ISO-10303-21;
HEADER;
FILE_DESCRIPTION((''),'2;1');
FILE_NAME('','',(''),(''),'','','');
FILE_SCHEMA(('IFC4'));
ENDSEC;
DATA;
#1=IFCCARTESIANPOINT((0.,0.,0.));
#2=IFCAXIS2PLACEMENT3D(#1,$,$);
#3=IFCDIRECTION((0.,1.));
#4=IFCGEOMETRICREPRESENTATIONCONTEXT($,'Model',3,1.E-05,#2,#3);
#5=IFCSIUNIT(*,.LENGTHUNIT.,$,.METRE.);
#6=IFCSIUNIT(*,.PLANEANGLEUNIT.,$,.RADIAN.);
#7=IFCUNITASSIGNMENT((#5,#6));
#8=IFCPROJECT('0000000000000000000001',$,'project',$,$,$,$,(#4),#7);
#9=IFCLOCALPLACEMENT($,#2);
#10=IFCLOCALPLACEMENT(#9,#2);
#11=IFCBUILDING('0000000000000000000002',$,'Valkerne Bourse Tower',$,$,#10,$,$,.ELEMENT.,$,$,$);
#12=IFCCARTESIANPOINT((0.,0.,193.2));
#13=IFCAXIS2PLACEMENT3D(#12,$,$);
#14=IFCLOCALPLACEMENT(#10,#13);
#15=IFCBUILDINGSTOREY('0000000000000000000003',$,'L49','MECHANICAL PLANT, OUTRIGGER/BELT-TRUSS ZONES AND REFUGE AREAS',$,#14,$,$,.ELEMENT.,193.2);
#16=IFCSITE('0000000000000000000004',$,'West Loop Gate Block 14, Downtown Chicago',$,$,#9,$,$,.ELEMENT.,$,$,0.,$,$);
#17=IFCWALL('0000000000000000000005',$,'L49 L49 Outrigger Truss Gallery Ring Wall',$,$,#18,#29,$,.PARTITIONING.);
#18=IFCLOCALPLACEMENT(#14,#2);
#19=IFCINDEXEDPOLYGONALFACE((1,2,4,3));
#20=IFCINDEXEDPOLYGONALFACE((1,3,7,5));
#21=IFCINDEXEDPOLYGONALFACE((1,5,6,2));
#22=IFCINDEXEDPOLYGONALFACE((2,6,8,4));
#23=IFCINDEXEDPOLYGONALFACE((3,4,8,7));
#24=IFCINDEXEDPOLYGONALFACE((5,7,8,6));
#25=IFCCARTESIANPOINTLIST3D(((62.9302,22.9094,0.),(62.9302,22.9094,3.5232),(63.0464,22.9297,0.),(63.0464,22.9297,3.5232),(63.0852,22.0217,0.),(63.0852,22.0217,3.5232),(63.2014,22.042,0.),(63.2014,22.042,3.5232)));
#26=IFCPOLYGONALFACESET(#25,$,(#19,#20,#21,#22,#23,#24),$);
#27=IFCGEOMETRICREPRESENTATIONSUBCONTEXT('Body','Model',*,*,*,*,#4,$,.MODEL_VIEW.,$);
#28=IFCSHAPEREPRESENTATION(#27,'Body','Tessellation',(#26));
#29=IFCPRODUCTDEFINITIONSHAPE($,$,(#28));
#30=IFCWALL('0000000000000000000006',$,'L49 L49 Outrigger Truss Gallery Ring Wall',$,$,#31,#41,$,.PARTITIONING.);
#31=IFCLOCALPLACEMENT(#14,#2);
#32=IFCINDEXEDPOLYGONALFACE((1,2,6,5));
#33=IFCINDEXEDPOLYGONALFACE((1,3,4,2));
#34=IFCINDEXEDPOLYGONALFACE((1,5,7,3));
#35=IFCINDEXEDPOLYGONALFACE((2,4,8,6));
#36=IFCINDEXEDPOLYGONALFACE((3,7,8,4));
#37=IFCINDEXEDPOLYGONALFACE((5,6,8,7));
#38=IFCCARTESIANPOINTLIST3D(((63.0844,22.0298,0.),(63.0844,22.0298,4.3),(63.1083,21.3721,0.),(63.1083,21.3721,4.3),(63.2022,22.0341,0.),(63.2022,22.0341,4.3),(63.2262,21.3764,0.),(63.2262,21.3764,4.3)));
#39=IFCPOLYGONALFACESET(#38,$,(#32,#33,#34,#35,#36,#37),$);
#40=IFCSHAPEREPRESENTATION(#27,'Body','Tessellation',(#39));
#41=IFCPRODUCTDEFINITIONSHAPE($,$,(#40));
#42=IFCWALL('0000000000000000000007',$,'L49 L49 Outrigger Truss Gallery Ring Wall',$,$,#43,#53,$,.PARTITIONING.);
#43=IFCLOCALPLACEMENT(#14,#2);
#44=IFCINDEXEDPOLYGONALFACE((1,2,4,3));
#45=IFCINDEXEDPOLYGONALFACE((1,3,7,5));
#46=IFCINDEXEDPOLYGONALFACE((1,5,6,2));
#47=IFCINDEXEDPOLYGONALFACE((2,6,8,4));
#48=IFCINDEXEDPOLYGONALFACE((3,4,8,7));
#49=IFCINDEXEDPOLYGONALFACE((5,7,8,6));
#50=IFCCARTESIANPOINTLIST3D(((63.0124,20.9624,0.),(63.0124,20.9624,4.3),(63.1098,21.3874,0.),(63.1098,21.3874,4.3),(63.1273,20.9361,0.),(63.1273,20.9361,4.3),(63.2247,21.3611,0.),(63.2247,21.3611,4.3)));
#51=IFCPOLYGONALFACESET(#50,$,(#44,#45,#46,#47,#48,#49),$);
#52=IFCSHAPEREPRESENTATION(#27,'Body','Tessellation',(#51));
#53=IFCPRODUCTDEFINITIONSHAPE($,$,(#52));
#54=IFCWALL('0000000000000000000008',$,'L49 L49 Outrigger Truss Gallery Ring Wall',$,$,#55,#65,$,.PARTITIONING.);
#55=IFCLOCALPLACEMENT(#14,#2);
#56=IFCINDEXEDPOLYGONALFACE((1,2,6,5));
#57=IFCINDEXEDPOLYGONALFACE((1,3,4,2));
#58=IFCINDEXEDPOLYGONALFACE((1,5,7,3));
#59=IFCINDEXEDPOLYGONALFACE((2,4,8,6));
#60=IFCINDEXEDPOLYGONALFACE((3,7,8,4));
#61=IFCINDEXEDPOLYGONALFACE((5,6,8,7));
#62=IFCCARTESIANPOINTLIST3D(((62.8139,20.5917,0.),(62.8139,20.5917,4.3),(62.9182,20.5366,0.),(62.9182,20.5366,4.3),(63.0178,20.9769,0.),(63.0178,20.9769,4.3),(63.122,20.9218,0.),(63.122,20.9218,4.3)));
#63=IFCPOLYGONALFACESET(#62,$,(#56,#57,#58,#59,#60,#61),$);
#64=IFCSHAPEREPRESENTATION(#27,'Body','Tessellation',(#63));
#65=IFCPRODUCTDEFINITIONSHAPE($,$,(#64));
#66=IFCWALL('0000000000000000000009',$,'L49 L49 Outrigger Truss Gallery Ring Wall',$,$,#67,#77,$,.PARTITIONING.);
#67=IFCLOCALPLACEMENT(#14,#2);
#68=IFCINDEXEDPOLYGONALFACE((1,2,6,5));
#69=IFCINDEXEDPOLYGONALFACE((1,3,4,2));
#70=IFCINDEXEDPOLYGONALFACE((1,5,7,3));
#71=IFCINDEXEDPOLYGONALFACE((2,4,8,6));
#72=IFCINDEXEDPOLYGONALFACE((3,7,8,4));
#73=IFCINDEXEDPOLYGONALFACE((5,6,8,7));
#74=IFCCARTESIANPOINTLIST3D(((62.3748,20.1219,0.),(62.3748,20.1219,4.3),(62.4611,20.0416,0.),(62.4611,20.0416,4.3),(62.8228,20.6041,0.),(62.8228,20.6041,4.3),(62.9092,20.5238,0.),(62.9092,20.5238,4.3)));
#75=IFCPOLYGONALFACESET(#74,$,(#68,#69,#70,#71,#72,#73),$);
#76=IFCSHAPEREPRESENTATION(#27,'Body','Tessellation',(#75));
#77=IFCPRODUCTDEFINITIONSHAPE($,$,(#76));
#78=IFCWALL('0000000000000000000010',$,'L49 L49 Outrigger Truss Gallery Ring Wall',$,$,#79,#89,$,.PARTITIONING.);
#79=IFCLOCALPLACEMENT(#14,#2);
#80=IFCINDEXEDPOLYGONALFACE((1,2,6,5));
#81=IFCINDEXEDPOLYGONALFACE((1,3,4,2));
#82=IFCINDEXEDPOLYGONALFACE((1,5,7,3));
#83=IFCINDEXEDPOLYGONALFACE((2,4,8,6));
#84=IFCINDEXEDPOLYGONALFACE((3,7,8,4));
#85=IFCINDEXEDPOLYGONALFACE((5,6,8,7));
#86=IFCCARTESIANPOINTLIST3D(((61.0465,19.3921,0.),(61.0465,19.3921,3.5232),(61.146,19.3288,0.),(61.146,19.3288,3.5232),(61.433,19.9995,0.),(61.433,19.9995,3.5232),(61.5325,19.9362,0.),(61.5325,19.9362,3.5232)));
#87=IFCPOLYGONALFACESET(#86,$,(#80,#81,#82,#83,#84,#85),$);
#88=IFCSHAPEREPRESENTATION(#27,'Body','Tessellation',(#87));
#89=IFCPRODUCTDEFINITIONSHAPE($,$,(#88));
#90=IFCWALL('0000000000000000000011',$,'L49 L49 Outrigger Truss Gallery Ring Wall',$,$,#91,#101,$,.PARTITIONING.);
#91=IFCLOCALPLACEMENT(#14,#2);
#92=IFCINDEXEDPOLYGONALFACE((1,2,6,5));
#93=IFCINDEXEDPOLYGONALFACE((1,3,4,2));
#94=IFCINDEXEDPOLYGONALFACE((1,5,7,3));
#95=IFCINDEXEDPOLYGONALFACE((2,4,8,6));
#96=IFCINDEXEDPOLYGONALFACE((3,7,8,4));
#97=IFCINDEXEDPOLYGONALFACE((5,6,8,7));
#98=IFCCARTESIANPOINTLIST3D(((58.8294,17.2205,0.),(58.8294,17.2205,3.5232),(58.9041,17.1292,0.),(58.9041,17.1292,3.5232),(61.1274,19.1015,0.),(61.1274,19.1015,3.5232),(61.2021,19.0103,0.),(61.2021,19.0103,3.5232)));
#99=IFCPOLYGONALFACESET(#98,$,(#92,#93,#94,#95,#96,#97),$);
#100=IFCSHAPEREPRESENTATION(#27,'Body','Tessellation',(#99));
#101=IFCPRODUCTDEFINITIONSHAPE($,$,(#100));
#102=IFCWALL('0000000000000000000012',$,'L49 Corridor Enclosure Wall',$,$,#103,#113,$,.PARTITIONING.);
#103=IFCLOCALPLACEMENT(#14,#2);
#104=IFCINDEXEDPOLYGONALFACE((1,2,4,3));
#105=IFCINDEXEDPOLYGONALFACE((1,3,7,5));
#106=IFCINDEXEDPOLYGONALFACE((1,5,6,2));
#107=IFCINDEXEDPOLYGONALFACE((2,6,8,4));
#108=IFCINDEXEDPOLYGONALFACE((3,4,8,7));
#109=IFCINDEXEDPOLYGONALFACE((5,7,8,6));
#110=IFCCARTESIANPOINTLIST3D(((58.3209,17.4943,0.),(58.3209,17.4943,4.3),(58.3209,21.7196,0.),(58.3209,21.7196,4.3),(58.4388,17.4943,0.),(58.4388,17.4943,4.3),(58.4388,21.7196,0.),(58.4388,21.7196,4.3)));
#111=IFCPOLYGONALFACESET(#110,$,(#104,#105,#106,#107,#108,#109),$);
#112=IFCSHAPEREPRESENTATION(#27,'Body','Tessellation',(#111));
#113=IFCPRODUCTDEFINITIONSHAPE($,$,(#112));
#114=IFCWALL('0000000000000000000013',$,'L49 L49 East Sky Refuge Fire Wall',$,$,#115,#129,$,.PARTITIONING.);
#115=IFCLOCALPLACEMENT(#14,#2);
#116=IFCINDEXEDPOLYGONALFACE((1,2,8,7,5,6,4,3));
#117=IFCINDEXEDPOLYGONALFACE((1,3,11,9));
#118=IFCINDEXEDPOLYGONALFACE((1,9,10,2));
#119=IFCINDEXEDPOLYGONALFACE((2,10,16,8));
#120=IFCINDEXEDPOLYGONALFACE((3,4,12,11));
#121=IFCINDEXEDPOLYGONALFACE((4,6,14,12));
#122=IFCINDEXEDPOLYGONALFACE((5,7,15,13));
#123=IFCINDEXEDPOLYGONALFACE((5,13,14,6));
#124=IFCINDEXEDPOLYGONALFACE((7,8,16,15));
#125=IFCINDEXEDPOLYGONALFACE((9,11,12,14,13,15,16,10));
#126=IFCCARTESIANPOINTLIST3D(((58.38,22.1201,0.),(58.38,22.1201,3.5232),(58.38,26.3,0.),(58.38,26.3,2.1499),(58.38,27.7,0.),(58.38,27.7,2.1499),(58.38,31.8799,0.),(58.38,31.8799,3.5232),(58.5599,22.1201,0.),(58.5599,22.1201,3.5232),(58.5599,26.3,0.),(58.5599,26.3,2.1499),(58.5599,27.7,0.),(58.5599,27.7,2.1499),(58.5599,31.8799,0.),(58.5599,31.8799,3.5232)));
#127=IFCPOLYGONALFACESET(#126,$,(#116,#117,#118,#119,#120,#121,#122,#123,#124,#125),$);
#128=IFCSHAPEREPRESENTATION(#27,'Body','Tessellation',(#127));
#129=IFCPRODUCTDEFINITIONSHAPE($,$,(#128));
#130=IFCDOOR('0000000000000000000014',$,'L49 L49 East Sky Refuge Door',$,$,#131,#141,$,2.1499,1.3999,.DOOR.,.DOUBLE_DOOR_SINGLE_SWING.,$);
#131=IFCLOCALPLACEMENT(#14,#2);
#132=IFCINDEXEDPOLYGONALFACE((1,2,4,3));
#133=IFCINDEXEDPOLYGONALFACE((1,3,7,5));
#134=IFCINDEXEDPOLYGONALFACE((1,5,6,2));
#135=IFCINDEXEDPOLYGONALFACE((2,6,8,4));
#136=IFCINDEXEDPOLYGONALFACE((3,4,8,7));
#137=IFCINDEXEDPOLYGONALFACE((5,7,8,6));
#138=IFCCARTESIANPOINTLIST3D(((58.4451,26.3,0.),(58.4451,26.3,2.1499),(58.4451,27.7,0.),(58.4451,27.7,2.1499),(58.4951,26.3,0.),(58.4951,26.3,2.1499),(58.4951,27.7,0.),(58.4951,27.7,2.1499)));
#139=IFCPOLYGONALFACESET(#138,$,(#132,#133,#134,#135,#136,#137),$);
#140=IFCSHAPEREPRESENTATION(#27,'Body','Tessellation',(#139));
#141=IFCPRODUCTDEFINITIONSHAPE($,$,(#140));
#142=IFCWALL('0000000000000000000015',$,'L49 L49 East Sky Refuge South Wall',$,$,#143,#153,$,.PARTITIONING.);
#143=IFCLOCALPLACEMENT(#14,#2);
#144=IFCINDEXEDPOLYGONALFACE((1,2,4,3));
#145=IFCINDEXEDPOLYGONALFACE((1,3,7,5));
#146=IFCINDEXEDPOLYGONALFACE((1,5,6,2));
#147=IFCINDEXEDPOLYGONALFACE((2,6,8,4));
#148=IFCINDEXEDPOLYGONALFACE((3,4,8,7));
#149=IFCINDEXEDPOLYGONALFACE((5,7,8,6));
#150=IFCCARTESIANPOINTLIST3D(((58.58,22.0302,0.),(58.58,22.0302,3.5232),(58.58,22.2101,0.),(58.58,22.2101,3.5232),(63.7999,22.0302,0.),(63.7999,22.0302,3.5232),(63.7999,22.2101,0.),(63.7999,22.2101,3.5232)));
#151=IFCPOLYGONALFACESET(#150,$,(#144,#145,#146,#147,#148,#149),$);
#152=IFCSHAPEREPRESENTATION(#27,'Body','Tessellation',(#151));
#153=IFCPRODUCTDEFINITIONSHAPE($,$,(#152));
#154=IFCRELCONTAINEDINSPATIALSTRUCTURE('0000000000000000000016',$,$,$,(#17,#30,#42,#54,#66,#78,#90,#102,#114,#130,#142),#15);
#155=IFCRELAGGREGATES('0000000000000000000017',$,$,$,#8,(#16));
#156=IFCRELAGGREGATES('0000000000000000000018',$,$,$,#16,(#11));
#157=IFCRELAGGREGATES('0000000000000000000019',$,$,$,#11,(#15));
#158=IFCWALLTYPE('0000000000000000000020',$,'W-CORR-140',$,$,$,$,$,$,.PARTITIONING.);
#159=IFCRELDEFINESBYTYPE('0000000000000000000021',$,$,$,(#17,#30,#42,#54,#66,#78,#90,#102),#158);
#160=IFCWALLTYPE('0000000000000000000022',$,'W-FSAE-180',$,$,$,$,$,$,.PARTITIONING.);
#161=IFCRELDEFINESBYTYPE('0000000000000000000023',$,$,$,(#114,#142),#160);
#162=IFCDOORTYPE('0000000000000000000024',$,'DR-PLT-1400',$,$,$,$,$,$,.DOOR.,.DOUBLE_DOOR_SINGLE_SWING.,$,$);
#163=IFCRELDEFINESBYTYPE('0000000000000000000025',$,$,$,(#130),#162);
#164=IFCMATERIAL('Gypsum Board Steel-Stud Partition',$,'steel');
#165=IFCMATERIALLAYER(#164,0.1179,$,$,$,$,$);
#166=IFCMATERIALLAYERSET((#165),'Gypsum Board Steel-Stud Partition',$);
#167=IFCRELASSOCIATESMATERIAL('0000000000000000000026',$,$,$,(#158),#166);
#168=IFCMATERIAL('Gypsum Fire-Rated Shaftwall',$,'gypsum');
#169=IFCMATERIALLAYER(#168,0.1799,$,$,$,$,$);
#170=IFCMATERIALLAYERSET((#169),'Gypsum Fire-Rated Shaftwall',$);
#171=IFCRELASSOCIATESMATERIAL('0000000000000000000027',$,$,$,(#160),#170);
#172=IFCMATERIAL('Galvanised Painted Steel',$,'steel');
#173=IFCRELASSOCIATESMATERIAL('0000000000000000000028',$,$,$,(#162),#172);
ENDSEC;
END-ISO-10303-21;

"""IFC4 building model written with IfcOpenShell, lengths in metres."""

from ifc_helpers import new_model, si_unit, direction, frame, frame_2d, origin, place, context, subcontext, project, spatial, rectangle, extrude, material, layer, layer_set, type_object, element, fill, save


model = new_model("IFC4")

# Units and contexts
model_context = context("Model", 3, precision=1e-05, world=origin(), true_north=direction((0.0, 1.0)))
body_context = subcontext(model_context, "Body", "Model", "MODEL_VIEW")
ifc_project = project(units=[si_unit("LENGTHUNIT", "METRE"), si_unit("PLANEANGLEUNIT", "RADIAN")], contexts=[model_context])

# Site, building, storey
site_placement = place(None, origin())
site = spatial("IfcSite", under=ifc_project, at=site_placement, Name="West Loop Gate Block 14, Downtown Chicago", CompositionType="ELEMENT", RefElevation=0.0)
building_placement = place(site_placement, origin())
building = spatial("IfcBuilding", under=site, at=building_placement, Name="Valkerne Bourse Tower", CompositionType="ELEMENT")
storey_placement = place(building_placement, frame((0.0, 0.0, 193.2)))
storey = spatial("IfcBuildingStorey", under=building, at=storey_placement, Name="L49", Description="MECHANICAL PLANT, OUTRIGGER/BELT-TRUSS ZONES AND REFUGE AREAS", CompositionType="ELEMENT", Elevation=193.2)

# Shared definitions
ifc_material_1 = material(Name="Galvanised Painted Steel", Category="steel")

# Walls
ifc_material_2 = material(Name="Gypsum Board Steel-Stud Partition", Category="steel")
ifc_layer_1 = layer(ifc_material_2, 0.1179)
ifc_layer_set_1 = layer_set([ifc_layer_1], Name="Gypsum Board Steel-Stud Partition")
wall_type_1 = type_object("IfcWallType", Name="W-CORR-140", PredefinedType="PARTITIONING", material=ifc_layer_set_1)
wall_1_placement = place(storey_placement, frame((62.9883, 22.9197, 0.0), z_axis=(0.0, 0.0, 1.0), x_axis=(0.172039, -0.98509, 0.0)))
element("IfcWall", 1, at=wall_1_placement, inside=storey, type_object=wall_type_1, Name="L49 L49 Outrigger Truss Gallery Ring Wall", PredefinedType="PARTITIONING", context=body_context, shape_type="SweptSolid", body=[
    extrude(rectangle(XDim=0.9011, YDim=0.1179, at=frame_2d((0.4507, 0.0))), origin(), (0.0, 0.0, 1.0), 3.5232),
])
wall_2_placement = place(storey_placement, frame((63.1433, 22.032, 0.0), z_axis=(0.0, 0.0, 1.0), x_axis=(0.036353, -0.999339, 0.0)))
element("IfcWall", 2, at=wall_2_placement, inside=storey, type_object=wall_type_1, Name="L49 L49 Outrigger Truss Gallery Ring Wall", PredefinedType="PARTITIONING", context=body_context, shape_type="SweptSolid", body=[
    extrude(rectangle(XDim=0.6582, YDim=0.1179, at=frame_2d((0.3291, 0.0))), origin(), (0.0, 0.0, 1.0), 4.3),
])
wall_3_placement = place(storey_placement, frame((63.1672, 21.3743, 0.0), z_axis=(0.0, 0.0, 1.0), x_axis=(-0.223387, -0.97473, 0.0)))
element("IfcWall", 3, at=wall_3_placement, inside=storey, type_object=wall_type_1, Name="L49 L49 Outrigger Truss Gallery Ring Wall", PredefinedType="PARTITIONING", context=body_context, shape_type="SweptSolid", body=[
    extrude(rectangle(XDim=0.436, YDim=0.1179, at=frame_2d((0.218, 0.0))), origin(), (0.0, 0.0, 1.0), 4.3),
])
wall_4_placement = place(storey_placement, frame((63.0698, 20.9492, 0.0), z_axis=(0.0, 0.0, 1.0), x_axis=(-0.467708, -0.883883, 0.0)))
element("IfcWall", 4, at=wall_4_placement, inside=storey, type_object=wall_type_1, Name="L49 L49 Outrigger Truss Gallery Ring Wall", PredefinedType="PARTITIONING", context=body_context, shape_type="SweptSolid", body=[
    extrude(rectangle(XDim=0.4358, YDim=0.1179, at=frame_2d((0.2178, 0.0))), origin(), (0.0, 0.0, 1.0), 4.3),
])
wall_5_placement = place(storey_placement, frame((62.866, 20.564, 0.0), z_axis=(0.0, 0.0, 1.0), x_axis=(-0.680664, -0.732595, 0.0)))
element("IfcWall", 5, at=wall_5_placement, inside=storey, type_object=wall_type_1, Name="L49 L49 Outrigger Truss Gallery Ring Wall", PredefinedType="PARTITIONING", context=body_context, shape_type="SweptSolid", body=[
    extrude(rectangle(XDim=0.6582, YDim=0.1179, at=frame_2d((0.3291, 0.0))), origin(), (0.0, 0.0, 1.0), 4.3),
])
wall_6_placement = place(storey_placement, frame((61.4827, 19.9678, 0.0), z_axis=(0.0, 0.0, 1.0), x_axis=(-0.53681, -0.843703, 0.0)))
element("IfcWall", 6, at=wall_6_placement, inside=storey, type_object=wall_type_1, Name="L49 L49 Outrigger Truss Gallery Ring Wall", PredefinedType="PARTITIONING", context=body_context, shape_type="SweptSolid", body=[
    extrude(rectangle(XDim=0.72, YDim=0.1179, at=frame_2d((0.3599, 0.0))), origin(), (0.0, 0.0, 1.0), 3.5232),
])
wall_7_placement = place(storey_placement, frame((61.1648, 19.0559, 0.0), z_axis=(0.0, 0.0, 1.0), x_axis=(-0.773818, -0.633408, 0.0)))
element("IfcWall", 7, at=wall_7_placement, inside=storey, type_object=wall_type_1, Name="L49 L49 Outrigger Truss Gallery Ring Wall", PredefinedType="PARTITIONING", context=body_context, shape_type="SweptSolid", body=[
    extrude(rectangle(XDim=2.9697, YDim=0.1179, at=frame_2d((1.4849, 0.0))), origin(), (0.0, 0.0, 1.0), 3.5232),
])
wall_8_placement = place(storey_placement, frame((58.3799, 21.7197, 0.0), z_axis=(0.0, 0.0, 1.0), x_axis=(0.0, -1.0, 0.0)))
element("IfcWall", 8, at=wall_8_placement, inside=storey, type_object=wall_type_1, Name="L49 Corridor Enclosure Wall", PredefinedType="PARTITIONING", context=body_context, shape_type="SweptSolid", body=[
    extrude(rectangle(XDim=4.2253, YDim=0.1179, at=frame_2d((2.1128, 0.0))), origin(), (0.0, 0.0, 1.0), 4.3),
])

# Wall, opening, door
ifc_material_3 = material(Name="Gypsum Fire-Rated Shaftwall", Category="gypsum")
ifc_layer_2 = layer(ifc_material_3, 0.1799)
ifc_layer_set_2 = layer_set([ifc_layer_2], Name="Gypsum Fire-Rated Shaftwall")
wall_type_2 = type_object("IfcWallType", Name="W-FSAE-180", PredefinedType="PARTITIONING", material=ifc_layer_set_2)
wall_9_placement = place(storey_placement, frame((58.47, 22.1201, 0.0), z_axis=(0.0, 0.0, 1.0), x_axis=(0.0, 1.0, 0.0)))
wall_9 = element("IfcWall", 9, at=wall_9_placement, inside=storey, type_object=wall_type_2, Name="L49 L49 East Sky Refuge Fire Wall", PredefinedType="PARTITIONING", context=body_context, shape_type="SweptSolid", body=[
    extrude(rectangle(XDim=9.7598, YDim=0.1799, at=frame_2d((4.8799, 0.0))), origin(), (0.0, 0.0, 1.0), 3.5232),
])
opening_1_placement = place(wall_9_placement, frame((4.1799, 0.0, 0.0)))
opening_1 = element("IfcOpeningElement", 10, at=opening_1_placement, cuts=wall_9, PredefinedType="OPENING", context=body_context, shape_type="SweptSolid", body=[
    extrude(rectangle(XDim=1.3999, YDim=2.1499, at=frame_2d((0.7, 1.075))), frame((0.0, 0.0999, 0.0), z_axis=(0.0, -1.0, 0.0), x_axis=(1.0, 0.0, 0.0)), (0.0, 0.0, 1.0), 0.2),
])
door_type_1 = type_object("IfcDoorType", Name="DR-PLT-1400", OperationType="DOUBLE_DOOR_SINGLE_SWING", PredefinedType="DOOR", material=ifc_material_1)
door_1_placement = place(opening_1_placement, origin())
door_1 = element("IfcDoor", 11, at=door_1_placement, inside=storey, type_object=door_type_1, Name="L49 L49 East Sky Refuge Door", OperationType="DOUBLE_DOOR_SINGLE_SWING", OverallHeight=2.1499, OverallWidth=1.3999, PredefinedType="DOOR", context=body_context, shape_type="SweptSolid", body=[
    extrude(rectangle(XDim=1.3999, YDim=2.1499, at=frame_2d((0.7, 1.075))), frame((0.0, 0.0249, 0.0), z_axis=(0.0, -1.0, 0.0), x_axis=(1.0, 0.0, 0.0)), (0.0, 0.0, 1.0), 0.05),
])
fill(opening_1, door_1)

# Wall
wall_10_placement = place(storey_placement, frame((58.5801, 22.1201, 0.0), z_axis=(0.0, 0.0, 1.0), x_axis=(1.0, 0.0, 0.0)))
element("IfcWall", 12, at=wall_10_placement, inside=storey, type_object=wall_type_2, Name="L49 L49 East Sky Refuge South Wall", PredefinedType="PARTITIONING", context=body_context, shape_type="SweptSolid", body=[
    extrude(rectangle(XDim=5.22, YDim=0.1799, at=frame_2d((2.6099, 0.0))), origin(), (0.0, 0.0, 1.0), 3.5232),
])

save(model, "model.ifc")
